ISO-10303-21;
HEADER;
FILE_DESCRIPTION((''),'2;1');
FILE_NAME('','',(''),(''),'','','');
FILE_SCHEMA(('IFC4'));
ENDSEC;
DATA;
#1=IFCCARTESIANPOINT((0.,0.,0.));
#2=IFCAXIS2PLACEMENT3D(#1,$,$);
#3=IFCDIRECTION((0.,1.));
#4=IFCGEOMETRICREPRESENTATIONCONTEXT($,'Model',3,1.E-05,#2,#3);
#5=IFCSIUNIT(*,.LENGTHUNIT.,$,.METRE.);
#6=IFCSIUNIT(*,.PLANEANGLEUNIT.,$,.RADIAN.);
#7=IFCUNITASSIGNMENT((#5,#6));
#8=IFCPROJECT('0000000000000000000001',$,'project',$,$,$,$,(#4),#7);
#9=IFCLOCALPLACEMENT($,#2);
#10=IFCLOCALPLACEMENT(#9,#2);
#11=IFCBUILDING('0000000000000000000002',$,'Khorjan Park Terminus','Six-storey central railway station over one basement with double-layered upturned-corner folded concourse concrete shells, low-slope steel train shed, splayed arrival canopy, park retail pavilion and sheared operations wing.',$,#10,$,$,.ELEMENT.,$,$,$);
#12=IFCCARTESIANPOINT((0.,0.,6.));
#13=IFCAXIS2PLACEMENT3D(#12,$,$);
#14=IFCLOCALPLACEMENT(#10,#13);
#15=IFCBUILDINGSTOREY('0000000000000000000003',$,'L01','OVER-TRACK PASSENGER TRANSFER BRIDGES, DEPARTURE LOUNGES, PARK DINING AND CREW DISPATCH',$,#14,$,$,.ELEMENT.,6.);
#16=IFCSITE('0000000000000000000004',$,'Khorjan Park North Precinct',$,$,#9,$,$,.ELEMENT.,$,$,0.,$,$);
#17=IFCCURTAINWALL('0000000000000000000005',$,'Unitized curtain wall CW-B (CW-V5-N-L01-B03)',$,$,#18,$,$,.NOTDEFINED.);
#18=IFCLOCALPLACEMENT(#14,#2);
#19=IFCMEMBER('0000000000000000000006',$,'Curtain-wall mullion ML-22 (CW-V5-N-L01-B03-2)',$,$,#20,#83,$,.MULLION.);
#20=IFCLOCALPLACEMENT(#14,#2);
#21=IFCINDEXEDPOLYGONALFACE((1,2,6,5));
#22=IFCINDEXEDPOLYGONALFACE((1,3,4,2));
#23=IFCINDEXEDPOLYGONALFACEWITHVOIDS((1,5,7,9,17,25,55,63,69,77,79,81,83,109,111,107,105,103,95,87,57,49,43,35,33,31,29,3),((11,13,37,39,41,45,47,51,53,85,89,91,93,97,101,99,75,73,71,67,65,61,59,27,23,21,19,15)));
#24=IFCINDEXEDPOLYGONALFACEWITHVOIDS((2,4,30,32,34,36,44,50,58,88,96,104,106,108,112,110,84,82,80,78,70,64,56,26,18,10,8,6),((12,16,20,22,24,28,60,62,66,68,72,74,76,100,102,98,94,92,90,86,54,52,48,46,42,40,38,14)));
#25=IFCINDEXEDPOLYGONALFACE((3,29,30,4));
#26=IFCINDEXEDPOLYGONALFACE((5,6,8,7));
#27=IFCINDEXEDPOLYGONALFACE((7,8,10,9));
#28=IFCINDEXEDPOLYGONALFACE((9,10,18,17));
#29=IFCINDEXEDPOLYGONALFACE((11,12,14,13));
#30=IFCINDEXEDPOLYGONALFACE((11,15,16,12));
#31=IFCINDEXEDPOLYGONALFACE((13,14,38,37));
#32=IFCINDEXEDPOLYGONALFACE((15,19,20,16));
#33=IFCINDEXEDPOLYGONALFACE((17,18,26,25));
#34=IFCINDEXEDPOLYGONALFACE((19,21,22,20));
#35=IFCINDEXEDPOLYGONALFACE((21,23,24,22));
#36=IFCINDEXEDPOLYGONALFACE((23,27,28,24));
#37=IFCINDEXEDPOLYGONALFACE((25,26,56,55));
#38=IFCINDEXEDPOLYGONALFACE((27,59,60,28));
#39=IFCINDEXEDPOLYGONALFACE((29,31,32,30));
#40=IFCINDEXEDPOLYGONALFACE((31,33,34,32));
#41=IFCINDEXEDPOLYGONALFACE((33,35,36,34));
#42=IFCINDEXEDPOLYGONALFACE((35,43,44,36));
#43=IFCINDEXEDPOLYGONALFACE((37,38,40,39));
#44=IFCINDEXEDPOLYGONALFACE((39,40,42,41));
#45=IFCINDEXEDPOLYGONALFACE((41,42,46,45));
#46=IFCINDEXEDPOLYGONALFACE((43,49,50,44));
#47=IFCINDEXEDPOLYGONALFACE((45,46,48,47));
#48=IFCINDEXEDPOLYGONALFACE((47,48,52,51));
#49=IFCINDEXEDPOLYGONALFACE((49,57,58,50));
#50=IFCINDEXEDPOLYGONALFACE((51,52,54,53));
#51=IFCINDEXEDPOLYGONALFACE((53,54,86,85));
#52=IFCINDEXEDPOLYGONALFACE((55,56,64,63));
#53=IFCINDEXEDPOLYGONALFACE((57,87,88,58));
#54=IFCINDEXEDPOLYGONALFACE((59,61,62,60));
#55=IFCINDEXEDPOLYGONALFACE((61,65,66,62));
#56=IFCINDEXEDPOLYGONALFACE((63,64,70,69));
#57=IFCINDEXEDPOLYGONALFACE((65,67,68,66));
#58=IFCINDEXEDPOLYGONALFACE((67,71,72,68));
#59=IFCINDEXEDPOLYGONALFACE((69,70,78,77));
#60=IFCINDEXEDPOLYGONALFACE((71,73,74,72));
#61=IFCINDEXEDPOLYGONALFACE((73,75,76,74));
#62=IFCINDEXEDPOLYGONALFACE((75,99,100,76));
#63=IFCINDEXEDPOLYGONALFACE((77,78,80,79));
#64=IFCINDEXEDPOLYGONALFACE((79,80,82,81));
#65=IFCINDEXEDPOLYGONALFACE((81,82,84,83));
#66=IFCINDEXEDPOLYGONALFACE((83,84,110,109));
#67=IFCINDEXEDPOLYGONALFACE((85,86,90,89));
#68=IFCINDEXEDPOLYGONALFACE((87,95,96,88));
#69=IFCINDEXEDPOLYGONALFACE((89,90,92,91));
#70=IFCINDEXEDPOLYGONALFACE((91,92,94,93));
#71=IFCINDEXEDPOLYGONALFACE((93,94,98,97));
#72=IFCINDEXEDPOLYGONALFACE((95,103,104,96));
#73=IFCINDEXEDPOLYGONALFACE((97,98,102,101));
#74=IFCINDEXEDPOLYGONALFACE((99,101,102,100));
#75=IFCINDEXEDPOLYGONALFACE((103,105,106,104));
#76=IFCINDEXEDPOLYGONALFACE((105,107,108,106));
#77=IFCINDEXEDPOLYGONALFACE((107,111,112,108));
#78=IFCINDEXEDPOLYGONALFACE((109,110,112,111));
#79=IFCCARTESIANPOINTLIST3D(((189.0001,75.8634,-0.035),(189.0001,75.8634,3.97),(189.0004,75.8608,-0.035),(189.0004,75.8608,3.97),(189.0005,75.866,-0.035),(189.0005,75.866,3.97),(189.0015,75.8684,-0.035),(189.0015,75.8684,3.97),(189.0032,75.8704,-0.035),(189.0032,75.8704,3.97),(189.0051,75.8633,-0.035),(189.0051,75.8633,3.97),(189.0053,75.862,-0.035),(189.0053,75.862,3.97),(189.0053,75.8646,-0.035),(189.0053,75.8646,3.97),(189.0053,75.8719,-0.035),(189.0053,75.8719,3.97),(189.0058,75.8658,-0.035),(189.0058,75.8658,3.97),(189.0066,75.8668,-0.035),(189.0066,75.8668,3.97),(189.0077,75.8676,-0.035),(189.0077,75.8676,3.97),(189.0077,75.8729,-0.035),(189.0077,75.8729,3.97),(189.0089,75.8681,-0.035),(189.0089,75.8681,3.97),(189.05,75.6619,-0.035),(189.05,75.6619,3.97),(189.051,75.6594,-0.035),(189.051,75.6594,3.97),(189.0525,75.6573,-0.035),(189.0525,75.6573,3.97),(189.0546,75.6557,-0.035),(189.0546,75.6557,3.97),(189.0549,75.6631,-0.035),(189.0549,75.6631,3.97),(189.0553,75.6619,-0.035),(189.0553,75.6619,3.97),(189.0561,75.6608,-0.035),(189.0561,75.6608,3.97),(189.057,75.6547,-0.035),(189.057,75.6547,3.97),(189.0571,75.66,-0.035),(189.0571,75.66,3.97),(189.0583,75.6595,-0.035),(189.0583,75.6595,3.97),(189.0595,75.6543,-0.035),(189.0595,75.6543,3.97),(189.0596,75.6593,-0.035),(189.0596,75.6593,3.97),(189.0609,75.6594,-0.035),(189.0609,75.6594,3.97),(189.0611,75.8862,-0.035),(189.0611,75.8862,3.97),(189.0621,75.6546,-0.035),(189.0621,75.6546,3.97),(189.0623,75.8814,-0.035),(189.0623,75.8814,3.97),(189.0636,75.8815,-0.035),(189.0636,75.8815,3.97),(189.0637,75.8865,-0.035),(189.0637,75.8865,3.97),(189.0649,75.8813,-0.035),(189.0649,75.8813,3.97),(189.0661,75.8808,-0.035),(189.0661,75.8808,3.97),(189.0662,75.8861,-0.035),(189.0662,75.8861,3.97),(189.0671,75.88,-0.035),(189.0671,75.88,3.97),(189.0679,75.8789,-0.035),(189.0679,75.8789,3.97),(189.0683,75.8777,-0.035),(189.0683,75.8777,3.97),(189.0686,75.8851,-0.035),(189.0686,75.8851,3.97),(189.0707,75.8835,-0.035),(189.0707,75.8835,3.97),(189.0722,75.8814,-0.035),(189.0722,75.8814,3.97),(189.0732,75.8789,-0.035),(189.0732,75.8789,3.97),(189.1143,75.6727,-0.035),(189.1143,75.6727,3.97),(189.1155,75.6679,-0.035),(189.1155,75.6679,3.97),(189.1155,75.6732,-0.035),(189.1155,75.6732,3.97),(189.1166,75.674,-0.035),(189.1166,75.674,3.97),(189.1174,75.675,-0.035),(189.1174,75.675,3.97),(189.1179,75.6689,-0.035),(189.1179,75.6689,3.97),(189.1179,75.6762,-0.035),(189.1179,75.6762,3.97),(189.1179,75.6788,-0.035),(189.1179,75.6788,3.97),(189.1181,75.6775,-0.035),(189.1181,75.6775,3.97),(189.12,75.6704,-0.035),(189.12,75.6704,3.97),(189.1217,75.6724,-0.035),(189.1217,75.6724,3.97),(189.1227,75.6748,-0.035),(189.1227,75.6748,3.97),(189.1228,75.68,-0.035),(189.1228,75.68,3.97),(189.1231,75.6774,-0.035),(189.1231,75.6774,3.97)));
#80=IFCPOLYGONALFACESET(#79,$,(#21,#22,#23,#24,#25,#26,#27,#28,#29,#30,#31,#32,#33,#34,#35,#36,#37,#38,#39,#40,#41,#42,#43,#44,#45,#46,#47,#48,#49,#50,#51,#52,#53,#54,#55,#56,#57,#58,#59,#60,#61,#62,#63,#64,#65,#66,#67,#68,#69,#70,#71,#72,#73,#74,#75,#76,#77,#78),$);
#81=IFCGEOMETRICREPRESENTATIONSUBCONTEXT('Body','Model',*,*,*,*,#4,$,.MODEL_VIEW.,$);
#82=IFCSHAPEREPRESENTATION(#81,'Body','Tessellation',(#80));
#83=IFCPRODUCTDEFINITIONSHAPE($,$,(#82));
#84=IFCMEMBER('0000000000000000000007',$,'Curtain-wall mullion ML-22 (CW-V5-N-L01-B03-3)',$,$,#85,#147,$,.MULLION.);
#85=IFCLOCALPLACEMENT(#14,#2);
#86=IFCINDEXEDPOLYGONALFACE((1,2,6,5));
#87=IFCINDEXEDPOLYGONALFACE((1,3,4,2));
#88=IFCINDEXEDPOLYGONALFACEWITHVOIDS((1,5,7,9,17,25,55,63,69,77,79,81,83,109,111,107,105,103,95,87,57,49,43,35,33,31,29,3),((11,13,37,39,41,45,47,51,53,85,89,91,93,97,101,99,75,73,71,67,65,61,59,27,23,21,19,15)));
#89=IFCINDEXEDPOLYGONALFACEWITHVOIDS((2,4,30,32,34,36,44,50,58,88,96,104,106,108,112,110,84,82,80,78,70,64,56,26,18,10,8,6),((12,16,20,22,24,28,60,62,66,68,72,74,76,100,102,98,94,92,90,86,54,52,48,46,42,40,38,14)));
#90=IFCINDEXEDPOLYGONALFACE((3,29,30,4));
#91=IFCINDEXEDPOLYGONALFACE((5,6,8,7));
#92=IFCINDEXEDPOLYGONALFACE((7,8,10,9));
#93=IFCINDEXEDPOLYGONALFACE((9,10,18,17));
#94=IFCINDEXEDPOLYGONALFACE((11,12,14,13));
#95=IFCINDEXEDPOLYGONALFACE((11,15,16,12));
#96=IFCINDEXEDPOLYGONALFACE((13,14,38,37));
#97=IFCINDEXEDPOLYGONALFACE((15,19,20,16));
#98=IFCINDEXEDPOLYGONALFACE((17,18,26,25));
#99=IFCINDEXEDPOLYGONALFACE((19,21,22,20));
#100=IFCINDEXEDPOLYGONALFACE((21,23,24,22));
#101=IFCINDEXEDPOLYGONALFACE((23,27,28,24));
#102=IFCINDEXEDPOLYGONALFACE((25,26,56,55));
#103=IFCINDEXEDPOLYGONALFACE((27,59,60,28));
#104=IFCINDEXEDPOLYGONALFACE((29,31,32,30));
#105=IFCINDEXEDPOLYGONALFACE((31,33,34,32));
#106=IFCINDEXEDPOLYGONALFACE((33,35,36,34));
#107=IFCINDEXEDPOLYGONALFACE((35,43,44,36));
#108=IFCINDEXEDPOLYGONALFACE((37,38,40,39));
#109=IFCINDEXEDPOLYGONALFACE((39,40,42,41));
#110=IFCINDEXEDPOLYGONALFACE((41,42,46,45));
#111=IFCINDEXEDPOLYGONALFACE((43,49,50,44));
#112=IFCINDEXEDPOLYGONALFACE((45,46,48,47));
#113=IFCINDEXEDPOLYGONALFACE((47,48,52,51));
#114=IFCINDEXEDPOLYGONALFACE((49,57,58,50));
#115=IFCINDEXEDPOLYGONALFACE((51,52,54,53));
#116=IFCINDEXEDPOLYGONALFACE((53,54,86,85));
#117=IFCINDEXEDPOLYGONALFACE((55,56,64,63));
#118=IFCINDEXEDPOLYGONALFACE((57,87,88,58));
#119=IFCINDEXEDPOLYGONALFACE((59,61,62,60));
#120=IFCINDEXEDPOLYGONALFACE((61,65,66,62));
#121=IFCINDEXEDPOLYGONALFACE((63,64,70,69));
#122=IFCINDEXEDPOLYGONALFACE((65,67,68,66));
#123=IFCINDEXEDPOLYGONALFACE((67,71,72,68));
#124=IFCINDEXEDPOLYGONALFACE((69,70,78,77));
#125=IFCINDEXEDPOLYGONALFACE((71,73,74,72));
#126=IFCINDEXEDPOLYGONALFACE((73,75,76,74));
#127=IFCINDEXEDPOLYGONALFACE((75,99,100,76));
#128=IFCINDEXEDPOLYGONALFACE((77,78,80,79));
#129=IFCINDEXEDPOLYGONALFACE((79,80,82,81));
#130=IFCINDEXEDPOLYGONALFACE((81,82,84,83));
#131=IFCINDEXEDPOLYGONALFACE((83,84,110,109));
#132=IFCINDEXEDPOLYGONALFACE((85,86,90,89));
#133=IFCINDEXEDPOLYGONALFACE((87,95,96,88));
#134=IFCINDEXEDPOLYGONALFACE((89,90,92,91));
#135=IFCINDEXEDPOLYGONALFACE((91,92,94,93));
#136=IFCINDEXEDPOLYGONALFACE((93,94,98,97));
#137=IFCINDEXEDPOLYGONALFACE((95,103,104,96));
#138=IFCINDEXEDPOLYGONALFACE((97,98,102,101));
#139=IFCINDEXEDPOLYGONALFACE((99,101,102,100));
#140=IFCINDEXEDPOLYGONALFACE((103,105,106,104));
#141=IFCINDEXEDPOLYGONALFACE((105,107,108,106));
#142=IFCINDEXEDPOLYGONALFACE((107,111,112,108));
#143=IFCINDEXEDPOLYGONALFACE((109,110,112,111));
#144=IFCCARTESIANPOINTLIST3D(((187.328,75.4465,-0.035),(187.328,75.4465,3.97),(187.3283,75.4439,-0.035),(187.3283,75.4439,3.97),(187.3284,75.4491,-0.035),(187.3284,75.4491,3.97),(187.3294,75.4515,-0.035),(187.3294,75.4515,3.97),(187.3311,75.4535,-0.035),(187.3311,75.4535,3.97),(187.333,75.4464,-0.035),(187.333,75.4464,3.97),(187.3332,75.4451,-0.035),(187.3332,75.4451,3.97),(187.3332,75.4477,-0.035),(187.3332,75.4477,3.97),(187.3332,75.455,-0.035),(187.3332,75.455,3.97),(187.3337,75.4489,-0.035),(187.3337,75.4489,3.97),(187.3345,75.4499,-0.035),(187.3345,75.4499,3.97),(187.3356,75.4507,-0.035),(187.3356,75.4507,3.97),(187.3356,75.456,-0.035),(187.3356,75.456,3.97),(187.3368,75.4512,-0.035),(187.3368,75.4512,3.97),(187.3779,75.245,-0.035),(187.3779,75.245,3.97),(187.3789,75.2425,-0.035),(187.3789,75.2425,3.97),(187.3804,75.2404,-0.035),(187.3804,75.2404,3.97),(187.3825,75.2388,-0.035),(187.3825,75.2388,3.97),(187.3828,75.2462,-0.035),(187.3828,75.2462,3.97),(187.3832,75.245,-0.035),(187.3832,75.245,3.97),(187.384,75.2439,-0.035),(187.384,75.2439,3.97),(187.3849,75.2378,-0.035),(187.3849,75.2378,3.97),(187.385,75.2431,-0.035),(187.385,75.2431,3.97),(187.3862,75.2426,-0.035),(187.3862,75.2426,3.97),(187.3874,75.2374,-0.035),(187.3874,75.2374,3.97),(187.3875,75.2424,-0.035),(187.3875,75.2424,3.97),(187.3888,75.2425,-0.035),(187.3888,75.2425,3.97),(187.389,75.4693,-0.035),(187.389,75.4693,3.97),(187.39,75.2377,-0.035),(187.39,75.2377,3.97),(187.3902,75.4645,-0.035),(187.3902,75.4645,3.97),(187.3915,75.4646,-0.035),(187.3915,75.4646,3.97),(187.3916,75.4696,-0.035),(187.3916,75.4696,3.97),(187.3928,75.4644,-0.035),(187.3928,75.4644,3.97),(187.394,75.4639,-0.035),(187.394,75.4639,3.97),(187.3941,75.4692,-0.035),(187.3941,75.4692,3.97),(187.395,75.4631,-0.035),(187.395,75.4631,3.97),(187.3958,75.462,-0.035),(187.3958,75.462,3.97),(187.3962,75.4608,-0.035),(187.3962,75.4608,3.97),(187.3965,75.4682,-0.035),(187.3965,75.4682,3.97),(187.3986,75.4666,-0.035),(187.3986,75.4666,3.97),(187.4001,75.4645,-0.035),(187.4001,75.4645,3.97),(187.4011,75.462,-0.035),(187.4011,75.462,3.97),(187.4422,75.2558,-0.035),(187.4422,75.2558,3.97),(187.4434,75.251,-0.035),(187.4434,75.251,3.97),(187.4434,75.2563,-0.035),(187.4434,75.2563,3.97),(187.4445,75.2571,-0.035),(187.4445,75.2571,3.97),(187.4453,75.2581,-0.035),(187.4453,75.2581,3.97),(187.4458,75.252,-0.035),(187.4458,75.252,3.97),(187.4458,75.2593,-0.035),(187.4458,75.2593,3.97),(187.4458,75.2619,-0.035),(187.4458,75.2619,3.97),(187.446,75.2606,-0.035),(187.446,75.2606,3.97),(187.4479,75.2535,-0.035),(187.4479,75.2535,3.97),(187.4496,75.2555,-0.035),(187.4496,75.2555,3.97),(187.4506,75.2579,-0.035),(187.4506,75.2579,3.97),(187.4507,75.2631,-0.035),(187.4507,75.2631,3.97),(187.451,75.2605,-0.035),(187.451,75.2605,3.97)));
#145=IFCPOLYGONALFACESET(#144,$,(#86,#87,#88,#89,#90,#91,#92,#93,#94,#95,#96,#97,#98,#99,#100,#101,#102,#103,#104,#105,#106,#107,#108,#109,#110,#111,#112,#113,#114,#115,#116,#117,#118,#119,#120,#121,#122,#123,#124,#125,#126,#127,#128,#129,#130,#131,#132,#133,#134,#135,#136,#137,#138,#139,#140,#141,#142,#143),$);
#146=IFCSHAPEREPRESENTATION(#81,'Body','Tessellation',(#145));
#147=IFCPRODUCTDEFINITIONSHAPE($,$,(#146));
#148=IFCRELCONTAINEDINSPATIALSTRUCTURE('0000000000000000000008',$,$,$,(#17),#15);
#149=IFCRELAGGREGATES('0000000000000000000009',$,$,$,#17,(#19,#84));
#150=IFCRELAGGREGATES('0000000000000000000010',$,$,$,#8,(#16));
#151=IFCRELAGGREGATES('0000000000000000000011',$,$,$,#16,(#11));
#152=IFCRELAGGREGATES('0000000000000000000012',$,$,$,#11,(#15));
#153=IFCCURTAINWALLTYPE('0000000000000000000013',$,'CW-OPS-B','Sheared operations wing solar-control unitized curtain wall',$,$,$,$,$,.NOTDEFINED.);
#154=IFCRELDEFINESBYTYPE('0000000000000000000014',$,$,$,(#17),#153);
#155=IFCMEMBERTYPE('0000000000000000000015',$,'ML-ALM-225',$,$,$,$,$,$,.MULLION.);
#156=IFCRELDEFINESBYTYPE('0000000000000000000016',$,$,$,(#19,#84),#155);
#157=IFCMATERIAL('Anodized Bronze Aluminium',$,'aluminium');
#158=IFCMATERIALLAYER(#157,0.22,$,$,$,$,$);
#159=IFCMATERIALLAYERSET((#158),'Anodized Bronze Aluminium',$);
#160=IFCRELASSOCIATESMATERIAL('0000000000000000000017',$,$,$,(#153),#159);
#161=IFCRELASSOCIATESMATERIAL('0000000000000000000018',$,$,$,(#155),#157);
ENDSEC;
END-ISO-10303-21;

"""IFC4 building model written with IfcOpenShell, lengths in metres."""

from ifc_helpers import new_model, si_unit, direction, frame, origin, origin_2d, place, context, subcontext, project, spatial, hollow_rectangle, extrude, material, layer, layer_set, material_profile, profile_set, type_object, element, aggregate, save


model = new_model("IFC4")

# Units and contexts
model_context = context("Model", 3, precision=1e-05, world=origin(), true_north=direction((0.0, 1.0)))
body_context = subcontext(model_context, "Body", "Model", "MODEL_VIEW")
ifc_project = project(units=[si_unit("LENGTHUNIT", "METRE"), si_unit("PLANEANGLEUNIT", "RADIAN")], contexts=[model_context])

# Site, building, storey
site_placement = place(None, origin())
site = spatial("IfcSite", under=ifc_project, at=site_placement, Name="Khorjan Park North Precinct", CompositionType="ELEMENT", RefElevation=0.0)
building_placement = place(site_placement, origin())
building = spatial("IfcBuilding", under=site, at=building_placement, Name="Khorjan Park Terminus", Description="Six-storey central railway station over one basement with double-layered upturned-corner folded concourse concrete shells, low-slope steel train shed, splayed arrival canopy, park retail pavilion and sheared operations wing.", CompositionType="ELEMENT")
storey_placement = place(building_placement, frame((0.0, 0.0, 6.0)))
storey = spatial("IfcBuildingStorey", under=building, at=storey_placement, Name="L01", Description="OVER-TRACK PASSENGER TRANSFER BRIDGES, DEPARTURE LOUNGES, PARK DINING AND CREW DISPATCH", CompositionType="ELEMENT", Elevation=6.0)

# Curtain wall, members
ifc_material_1 = material(Name="Anodized Bronze Aluminium", Category="aluminium")
ifc_layer_1 = layer(ifc_material_1, 0.22)
ifc_layer_set_1 = layer_set([ifc_layer_1], Name="Anodized Bronze Aluminium")
curtain_wall_type = type_object("IfcCurtainWallType", Name="CW-OPS-B", Description="Sheared operations wing solar-control unitized curtain wall", PredefinedType="NOTDEFINED", material=ifc_layer_set_1)
ifc_material_profile_1 = material_profile(ifc_material_1, hollow_rectangle(XDim=0.075, YDim=0.225, WallThickness=0.005, InnerFilletRadius=0.005, OuterFilletRadius=0.01, at=origin_2d()), Name="ALM 75x225x5")
ifc_profile_set_1 = profile_set([ifc_material_profile_1], Name="Anodized Bronze Aluminium")
member_type_1 = type_object("IfcMemberType", Name="ML-ALM-225", PredefinedType="MULLION", material=ifc_profile_set_1)
curtain_wall_1_placement = place(storey_placement, origin())
curtain_wall_1 = element("IfcCurtainWall", 1, at=curtain_wall_1_placement, inside=storey, type_object=curtain_wall_type, Name="Unitized curtain wall CW-B (CW-V5-N-L01-B03)", PredefinedType="NOTDEFINED")
member_1_placement = place(storey_placement, frame((189.0616, 75.7704, -0.035), z_axis=(0.0, 0.0, 1.0), x_axis=(-0.970296, -0.241921, 0.0)))
member_1 = element("IfcMember", 2, at=member_1_placement, type_object=member_type_1, Name="Curtain-wall mullion ML-22 (CW-V5-N-L01-B03-2)", PredefinedType="MULLION", context=body_context, shape_type="SweptSolid", body=[
    extrude(hollow_rectangle(XDim=0.075, YDim=0.225, WallThickness=0.005, InnerFilletRadius=0.005, OuterFilletRadius=0.01, at=origin_2d()), origin(), (0.0, 0.0, 1.0), 4.005),
])
member_2_placement = place(storey_placement, frame((187.3895, 75.3535, -0.035), z_axis=(0.0, 0.0, 1.0), x_axis=(-0.970296, -0.241921, 0.0)))
member_2 = element("IfcMember", 3, at=member_2_placement, type_object=member_type_1, Name="Curtain-wall mullion ML-22 (CW-V5-N-L01-B03-3)", PredefinedType="MULLION", context=body_context, shape_type="SweptSolid", body=[
    extrude(hollow_rectangle(XDim=0.075, YDim=0.225, WallThickness=0.005, InnerFilletRadius=0.005, OuterFilletRadius=0.01, at=origin_2d()), origin(), (0.0, 0.0, 1.0), 4.005),
])

aggregate(curtain_wall_1, [member_1, member_2])

save(model, "model.ifc")
